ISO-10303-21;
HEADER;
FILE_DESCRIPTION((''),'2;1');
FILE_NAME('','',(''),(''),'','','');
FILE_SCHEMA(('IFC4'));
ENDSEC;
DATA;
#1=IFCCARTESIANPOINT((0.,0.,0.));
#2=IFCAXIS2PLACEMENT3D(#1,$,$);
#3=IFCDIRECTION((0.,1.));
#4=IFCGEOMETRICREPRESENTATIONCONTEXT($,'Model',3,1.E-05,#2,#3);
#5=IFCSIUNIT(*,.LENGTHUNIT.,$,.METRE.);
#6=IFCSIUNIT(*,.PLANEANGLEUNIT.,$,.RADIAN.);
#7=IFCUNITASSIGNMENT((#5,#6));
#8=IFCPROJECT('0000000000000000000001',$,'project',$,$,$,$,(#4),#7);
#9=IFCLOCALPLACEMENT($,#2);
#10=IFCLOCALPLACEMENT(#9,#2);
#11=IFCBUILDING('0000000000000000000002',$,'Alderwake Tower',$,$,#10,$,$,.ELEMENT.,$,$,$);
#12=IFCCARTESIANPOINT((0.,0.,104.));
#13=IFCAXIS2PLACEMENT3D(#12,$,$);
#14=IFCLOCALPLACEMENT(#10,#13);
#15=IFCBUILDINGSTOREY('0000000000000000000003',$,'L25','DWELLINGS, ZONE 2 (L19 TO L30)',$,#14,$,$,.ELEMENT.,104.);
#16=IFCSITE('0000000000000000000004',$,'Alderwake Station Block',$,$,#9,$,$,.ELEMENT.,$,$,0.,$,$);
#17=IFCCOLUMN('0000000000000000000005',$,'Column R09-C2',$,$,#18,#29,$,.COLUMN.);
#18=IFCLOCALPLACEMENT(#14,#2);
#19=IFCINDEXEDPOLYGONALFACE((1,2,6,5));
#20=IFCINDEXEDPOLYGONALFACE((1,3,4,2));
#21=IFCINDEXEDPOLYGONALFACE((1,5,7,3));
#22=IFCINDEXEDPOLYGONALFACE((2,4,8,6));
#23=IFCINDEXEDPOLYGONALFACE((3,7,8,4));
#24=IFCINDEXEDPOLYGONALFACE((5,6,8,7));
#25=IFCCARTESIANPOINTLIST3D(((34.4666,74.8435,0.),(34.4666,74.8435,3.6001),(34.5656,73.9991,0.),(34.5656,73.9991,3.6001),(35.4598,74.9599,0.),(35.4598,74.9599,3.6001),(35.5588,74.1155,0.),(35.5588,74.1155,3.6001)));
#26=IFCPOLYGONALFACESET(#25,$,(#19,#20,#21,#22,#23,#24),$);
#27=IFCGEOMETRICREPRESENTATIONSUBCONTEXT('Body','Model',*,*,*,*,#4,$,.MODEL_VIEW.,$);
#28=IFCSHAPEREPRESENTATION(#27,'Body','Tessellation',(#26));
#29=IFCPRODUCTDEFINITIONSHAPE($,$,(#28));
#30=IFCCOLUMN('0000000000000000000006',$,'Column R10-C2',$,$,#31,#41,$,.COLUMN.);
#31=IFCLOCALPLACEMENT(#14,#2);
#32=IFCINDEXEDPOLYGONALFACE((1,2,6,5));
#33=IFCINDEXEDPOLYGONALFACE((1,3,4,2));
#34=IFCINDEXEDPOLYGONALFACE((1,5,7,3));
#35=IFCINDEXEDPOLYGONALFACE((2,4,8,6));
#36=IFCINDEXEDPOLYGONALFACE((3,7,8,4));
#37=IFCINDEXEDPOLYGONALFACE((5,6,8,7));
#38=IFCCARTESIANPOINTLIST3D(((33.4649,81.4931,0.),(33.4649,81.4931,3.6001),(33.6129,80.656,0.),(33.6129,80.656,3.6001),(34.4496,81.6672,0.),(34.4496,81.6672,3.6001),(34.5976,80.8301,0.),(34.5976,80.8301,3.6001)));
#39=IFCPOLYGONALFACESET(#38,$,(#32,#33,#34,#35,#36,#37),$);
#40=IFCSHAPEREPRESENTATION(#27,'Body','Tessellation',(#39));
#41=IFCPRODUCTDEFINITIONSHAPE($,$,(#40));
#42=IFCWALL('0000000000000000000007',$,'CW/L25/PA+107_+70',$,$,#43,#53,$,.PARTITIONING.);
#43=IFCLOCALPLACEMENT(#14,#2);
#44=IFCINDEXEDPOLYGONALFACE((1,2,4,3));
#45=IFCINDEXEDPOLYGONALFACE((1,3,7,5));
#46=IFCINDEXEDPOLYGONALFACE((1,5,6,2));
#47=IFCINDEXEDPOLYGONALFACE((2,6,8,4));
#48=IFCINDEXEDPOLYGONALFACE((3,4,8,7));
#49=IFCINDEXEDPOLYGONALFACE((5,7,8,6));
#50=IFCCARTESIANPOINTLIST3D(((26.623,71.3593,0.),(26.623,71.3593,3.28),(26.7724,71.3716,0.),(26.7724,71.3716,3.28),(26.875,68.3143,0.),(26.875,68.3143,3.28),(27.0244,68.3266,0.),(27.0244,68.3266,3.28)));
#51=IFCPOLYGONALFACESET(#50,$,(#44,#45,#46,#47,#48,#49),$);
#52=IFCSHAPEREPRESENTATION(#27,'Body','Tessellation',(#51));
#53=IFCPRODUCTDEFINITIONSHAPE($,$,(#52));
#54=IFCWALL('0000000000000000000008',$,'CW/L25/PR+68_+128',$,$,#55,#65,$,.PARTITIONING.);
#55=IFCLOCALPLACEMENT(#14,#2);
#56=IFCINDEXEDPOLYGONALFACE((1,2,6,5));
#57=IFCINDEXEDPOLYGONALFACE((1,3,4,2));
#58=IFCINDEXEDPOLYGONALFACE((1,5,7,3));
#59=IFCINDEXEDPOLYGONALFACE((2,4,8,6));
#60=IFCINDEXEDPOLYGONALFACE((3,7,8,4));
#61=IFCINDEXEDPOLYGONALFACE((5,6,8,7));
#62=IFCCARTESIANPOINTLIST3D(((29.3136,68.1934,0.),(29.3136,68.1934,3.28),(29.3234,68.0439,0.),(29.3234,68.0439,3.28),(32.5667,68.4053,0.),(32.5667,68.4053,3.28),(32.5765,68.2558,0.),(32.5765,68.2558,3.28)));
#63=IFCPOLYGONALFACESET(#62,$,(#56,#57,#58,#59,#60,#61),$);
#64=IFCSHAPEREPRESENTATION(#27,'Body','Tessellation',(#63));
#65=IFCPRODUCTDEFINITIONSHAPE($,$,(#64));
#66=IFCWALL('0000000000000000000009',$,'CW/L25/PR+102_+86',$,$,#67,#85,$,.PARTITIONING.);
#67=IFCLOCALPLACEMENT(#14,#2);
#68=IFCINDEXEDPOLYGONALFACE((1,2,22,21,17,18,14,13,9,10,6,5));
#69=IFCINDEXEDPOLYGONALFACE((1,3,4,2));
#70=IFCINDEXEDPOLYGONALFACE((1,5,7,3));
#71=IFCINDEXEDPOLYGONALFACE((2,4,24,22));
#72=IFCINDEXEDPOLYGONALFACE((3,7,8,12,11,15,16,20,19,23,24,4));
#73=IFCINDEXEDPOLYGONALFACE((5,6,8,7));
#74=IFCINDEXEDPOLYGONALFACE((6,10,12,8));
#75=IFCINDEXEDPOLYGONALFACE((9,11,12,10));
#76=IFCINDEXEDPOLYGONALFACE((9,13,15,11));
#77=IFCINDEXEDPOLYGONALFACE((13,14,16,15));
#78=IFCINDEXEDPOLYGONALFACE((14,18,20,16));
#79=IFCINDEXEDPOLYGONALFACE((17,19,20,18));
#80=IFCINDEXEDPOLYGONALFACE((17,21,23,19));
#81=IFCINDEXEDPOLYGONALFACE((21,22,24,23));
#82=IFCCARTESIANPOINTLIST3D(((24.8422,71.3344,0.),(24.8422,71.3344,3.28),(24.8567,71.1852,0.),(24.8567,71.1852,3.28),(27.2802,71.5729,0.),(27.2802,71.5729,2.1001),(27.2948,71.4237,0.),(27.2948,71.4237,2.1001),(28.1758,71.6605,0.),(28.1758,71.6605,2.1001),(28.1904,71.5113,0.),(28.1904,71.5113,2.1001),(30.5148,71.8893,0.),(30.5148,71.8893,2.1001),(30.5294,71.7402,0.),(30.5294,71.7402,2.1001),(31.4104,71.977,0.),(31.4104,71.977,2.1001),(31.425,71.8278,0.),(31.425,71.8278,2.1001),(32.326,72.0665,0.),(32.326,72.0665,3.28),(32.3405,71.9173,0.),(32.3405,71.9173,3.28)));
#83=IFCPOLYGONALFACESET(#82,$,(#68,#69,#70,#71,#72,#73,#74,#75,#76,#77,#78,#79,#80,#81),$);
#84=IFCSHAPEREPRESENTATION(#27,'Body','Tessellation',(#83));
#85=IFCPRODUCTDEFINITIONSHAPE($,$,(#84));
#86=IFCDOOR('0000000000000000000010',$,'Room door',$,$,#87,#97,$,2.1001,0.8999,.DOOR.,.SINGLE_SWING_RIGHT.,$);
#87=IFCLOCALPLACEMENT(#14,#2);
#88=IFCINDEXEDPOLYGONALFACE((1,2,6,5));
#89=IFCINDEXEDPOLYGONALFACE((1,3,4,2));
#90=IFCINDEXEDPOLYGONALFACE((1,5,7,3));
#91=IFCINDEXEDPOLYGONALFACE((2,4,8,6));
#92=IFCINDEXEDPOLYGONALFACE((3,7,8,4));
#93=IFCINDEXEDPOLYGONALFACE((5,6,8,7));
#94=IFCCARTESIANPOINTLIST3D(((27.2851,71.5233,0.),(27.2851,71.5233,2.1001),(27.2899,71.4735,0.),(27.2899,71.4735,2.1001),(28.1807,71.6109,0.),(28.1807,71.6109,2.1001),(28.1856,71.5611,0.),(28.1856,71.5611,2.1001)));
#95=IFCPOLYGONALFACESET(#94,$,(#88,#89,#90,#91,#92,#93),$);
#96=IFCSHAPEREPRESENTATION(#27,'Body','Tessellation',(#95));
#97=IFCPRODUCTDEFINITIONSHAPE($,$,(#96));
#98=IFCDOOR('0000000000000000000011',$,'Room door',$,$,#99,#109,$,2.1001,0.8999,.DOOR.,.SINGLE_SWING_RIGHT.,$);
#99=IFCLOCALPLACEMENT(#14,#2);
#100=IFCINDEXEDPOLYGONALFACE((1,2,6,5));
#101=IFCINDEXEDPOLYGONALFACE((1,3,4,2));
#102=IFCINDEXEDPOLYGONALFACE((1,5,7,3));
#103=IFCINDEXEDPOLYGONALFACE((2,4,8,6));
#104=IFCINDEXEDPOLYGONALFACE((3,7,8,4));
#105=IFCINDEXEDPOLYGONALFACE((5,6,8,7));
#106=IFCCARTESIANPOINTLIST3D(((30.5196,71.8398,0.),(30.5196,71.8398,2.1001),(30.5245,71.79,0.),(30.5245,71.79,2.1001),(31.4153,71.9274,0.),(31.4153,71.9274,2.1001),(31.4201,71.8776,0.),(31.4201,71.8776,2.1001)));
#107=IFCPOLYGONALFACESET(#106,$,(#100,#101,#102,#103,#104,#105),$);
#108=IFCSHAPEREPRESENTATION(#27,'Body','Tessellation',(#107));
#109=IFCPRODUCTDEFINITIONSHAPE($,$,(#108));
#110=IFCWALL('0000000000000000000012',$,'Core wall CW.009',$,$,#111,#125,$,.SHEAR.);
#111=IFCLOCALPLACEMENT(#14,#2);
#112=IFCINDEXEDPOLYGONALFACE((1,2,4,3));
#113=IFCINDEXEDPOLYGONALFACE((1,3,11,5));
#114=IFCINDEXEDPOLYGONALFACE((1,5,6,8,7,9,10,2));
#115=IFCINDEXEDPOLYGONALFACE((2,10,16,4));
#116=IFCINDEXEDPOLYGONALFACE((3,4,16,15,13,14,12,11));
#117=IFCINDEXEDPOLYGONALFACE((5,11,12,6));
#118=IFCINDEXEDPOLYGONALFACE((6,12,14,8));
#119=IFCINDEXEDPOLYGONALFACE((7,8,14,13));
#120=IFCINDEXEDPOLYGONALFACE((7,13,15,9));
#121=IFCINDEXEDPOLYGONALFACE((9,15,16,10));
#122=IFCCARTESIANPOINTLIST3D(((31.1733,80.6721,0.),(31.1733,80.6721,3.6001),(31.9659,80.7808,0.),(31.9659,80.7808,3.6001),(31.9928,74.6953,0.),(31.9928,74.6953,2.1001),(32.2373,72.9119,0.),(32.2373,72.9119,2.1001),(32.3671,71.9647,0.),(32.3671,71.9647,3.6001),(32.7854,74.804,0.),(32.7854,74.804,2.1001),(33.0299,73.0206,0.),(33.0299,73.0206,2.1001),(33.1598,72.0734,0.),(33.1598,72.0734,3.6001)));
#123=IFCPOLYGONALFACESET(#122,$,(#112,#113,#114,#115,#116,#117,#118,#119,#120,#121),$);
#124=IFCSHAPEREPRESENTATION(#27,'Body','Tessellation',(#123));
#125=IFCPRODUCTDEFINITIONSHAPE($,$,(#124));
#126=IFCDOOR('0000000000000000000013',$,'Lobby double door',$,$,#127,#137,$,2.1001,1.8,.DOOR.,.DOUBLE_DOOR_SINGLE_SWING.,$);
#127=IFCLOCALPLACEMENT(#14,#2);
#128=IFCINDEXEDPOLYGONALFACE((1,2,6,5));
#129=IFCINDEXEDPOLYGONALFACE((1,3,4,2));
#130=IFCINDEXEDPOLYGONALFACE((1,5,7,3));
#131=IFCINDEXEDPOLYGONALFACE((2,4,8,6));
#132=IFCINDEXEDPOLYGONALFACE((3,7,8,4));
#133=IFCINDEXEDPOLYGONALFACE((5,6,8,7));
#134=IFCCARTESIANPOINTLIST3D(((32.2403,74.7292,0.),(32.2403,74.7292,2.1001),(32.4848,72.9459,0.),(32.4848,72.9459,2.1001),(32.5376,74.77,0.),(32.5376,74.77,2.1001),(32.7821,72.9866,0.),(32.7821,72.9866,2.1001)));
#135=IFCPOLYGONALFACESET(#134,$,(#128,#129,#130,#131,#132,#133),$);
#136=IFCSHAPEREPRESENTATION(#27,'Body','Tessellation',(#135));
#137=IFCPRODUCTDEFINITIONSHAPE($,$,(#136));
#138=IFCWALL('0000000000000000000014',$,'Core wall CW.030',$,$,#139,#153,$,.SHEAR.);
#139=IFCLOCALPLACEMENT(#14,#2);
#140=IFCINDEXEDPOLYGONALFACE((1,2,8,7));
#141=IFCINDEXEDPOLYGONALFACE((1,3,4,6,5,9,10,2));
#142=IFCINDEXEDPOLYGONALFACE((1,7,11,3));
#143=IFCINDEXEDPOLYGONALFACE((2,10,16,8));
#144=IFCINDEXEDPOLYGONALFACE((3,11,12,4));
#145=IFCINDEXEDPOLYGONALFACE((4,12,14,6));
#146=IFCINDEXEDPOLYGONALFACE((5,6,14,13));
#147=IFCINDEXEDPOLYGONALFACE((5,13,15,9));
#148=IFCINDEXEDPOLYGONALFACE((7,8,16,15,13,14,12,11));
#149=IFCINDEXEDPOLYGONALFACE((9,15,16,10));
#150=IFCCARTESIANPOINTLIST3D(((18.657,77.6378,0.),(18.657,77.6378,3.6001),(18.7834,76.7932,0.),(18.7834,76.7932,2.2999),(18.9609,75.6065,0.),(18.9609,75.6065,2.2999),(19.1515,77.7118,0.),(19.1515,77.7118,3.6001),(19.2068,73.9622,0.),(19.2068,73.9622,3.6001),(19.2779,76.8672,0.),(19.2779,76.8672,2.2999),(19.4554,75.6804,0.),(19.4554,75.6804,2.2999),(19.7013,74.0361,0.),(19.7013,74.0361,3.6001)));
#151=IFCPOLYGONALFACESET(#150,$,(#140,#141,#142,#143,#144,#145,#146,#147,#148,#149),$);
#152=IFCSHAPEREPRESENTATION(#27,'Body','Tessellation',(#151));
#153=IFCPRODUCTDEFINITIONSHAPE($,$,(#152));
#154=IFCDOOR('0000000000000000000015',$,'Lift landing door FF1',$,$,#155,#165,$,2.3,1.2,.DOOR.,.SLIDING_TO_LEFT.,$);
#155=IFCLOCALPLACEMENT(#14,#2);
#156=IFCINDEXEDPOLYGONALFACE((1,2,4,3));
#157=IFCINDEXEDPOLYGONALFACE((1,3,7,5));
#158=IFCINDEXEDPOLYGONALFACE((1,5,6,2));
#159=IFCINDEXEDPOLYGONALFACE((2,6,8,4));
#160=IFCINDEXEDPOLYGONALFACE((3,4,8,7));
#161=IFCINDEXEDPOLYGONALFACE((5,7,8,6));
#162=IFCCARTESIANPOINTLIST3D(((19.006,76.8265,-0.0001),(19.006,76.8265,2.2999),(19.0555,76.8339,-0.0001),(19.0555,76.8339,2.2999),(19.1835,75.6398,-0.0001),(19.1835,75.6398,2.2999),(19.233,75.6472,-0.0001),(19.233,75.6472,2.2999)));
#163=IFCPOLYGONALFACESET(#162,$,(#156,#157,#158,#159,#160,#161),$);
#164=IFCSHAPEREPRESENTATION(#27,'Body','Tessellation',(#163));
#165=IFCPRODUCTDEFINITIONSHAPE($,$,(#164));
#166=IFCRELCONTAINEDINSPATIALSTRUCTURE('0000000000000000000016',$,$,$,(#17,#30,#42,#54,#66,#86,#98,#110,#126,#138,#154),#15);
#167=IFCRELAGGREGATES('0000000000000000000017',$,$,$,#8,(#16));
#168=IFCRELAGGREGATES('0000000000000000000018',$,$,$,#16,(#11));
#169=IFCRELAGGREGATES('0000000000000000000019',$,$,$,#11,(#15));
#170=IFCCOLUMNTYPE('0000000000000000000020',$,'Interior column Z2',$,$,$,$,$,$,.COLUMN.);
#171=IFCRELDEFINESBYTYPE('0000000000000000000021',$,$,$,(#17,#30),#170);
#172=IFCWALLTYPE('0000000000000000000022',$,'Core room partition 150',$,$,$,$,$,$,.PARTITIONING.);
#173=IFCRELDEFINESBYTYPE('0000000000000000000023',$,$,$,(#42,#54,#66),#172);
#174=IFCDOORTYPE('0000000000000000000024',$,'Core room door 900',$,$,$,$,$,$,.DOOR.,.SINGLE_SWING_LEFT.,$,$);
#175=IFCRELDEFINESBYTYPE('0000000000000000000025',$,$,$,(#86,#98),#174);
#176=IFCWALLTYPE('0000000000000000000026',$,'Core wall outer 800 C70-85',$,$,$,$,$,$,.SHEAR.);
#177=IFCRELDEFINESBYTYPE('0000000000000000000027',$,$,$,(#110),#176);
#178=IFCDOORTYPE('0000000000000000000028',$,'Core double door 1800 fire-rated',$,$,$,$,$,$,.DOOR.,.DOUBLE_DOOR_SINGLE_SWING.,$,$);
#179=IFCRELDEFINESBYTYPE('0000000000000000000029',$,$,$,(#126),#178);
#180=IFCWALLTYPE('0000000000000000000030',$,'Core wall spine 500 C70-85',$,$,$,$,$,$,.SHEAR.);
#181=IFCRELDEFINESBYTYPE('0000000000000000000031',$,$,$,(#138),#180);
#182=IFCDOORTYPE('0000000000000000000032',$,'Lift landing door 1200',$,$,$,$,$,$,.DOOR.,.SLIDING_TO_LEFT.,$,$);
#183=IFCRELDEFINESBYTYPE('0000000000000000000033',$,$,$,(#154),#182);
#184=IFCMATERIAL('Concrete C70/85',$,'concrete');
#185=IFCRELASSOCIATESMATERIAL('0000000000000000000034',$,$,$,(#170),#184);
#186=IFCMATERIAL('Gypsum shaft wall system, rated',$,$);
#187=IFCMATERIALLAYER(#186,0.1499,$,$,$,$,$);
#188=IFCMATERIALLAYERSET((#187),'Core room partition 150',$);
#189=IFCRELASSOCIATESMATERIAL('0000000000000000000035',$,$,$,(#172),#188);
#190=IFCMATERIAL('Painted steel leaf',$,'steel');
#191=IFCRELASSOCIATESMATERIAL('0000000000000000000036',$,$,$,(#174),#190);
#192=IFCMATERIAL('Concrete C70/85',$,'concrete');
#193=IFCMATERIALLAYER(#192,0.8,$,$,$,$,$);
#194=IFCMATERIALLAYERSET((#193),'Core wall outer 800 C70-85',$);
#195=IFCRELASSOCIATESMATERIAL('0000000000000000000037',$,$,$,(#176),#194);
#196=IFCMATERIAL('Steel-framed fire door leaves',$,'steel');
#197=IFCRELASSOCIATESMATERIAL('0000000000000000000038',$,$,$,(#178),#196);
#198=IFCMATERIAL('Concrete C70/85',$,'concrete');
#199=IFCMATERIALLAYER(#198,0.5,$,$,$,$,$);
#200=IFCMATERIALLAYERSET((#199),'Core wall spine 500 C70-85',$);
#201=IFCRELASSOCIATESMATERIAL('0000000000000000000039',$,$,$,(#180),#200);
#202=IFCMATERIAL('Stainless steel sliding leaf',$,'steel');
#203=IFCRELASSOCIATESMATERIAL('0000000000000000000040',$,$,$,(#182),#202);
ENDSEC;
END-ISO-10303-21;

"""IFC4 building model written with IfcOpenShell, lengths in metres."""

from ifc_helpers import new_model, si_unit, direction, frame, frame_2d, origin, origin_2d, place, context, subcontext, project, spatial, rectangle, extrude, material, layer, layer_set, material_profile, profile_set, type_object, element, fill, save


model = new_model("IFC4")

# Units and contexts
model_context = context("Model", 3, precision=1e-05, world=origin(), true_north=direction((0.0, 1.0)))
body_context = subcontext(model_context, "Body", "Model", "MODEL_VIEW")
ifc_project = project(units=[si_unit("LENGTHUNIT", "METRE"), si_unit("PLANEANGLEUNIT", "RADIAN")], contexts=[model_context])

# Site, building, storey
site_placement = place(None, origin())
site = spatial("IfcSite", under=ifc_project, at=site_placement, Name="Alderwake Station Block", CompositionType="ELEMENT", RefElevation=0.0)
building_placement = place(site_placement, origin())
building = spatial("IfcBuilding", under=site, at=building_placement, Name="Alderwake Tower", CompositionType="ELEMENT")
storey_placement = place(building_placement, frame((0.0, 0.0, 104.0)))
storey = spatial("IfcBuildingStorey", under=building, at=storey_placement, Name="L25", Description="DWELLINGS, ZONE 2 (L19 TO L30)", CompositionType="ELEMENT", Elevation=104.0)

# Columns
ifc_material_1 = material(Name="Concrete C70/85", Category="concrete")
ifc_material_profile = material_profile(ifc_material_1, rectangle(XDim=0.8501, YDim=1.0, at=origin_2d()), Name="RC 1000X850")
ifc_profile_set = profile_set([ifc_material_profile], Name="Concrete C70/85")
column_type = type_object("IfcColumnType", Name="Interior column Z2", PredefinedType="COLUMN", material=ifc_profile_set)
for number, where, z_axis, x_axis, name in (
    (1, (35.0127, 74.4795, 0.0), (0.0, 0.0, 1.0), (-0.116402, 0.993202, 0.0), "Column R09-C2"),
    (2, (34.0312, 81.1616, 0.0), (0.0, 0.0, 1.0), (-0.174109, 0.984726, 0.0), "Column R10-C2"),
):
    element("IfcColumn", number, at=place(storey_placement, frame(where, z_axis=z_axis, x_axis=x_axis)), inside=storey, type_object=column_type, Name=name, PredefinedType="COLUMN", context=body_context, shape_type="SweptSolid", body=[
        extrude(rectangle(XDim=0.8501, YDim=1.0, at=origin_2d()), origin(), (0.0, 0.0, 1.0), 3.6001),
    ])

# Walls
ifc_material_2 = material(Name="Gypsum shaft wall system, rated")
ifc_layer_1 = layer(ifc_material_2, 0.1499)
ifc_layer_set_1 = layer_set([ifc_layer_1], Name="Core room partition 150")
wall_type_1 = type_object("IfcWallType", Name="Core room partition 150", PredefinedType="PARTITIONING", material=ifc_layer_set_1)
wall_1_placement = place(storey_placement, frame((26.9497, 68.3203, 0.0), z_axis=(0.0, 0.0, 1.0), x_axis=(-0.082464, 0.996594, 0.0)))
element("IfcWall", 3, at=wall_1_placement, inside=storey, type_object=wall_type_1, Name="CW/L25/PA+107_+70", PredefinedType="PARTITIONING", context=body_context, shape_type="SweptSolid", body=[
    extrude(rectangle(XDim=3.0554, YDim=0.1499, at=frame_2d((1.5278, 0.0))), origin(), (0.0, 0.0, 1.0), 3.28),
])
wall_2_placement = place(storey_placement, frame((29.3186, 68.1187, 0.0), z_axis=(0.0, 0.0, 1.0), x_axis=(0.997885, 0.065003, 0.0)))
element("IfcWall", 4, at=wall_2_placement, inside=storey, type_object=wall_type_1, Name="CW/L25/PR+68_+128", PredefinedType="PARTITIONING", context=body_context, shape_type="SweptSolid", body=[
    extrude(rectangle(XDim=3.26, YDim=0.1499, at=frame_2d((1.6299, 0.0))), origin(), (0.0, 0.0, 1.0), 3.28),
])

# Wall, openings, doors
wall_3_placement = place(storey_placement, frame((32.3333, 71.9919, 0.0), z_axis=(0.0, 0.0, 1.0), x_axis=(-0.995248, -0.097369, 0.0)))
wall_3 = element("IfcWall", 5, at=wall_3_placement, inside=storey, type_object=wall_type_1, Name="CW/L25/PR+102_+86", PredefinedType="PARTITIONING", context=body_context, shape_type="SweptSolid", body=[
    extrude(rectangle(XDim=7.5195, YDim=0.1499, at=frame_2d((3.7598, 0.0))), origin(), (0.0, 0.0, 1.0), 3.28),
])
opening_1_placement = place(wall_3_placement, frame((4.1699, 0.0, 0.0)))
opening_1 = element("IfcOpeningElement", 6, at=opening_1_placement, cuts=wall_3, PredefinedType="OPENING", context=body_context, shape_type="SweptSolid", body=[
    extrude(rectangle(XDim=0.8999, YDim=2.1001, at=frame_2d((0.45, 1.05))), frame((0.0, 0.085, 0.0), z_axis=(0.0, -1.0, 0.0), x_axis=(1.0, 0.0, 0.0)), (0.0, 0.0, 1.0), 0.1699),
])
opening_2_placement = place(wall_3_placement, frame((0.9199, 0.0, 0.0)))
opening_2 = element("IfcOpeningElement", 7, at=opening_2_placement, cuts=wall_3, PredefinedType="OPENING", context=body_context, shape_type="SweptSolid", body=[
    extrude(rectangle(XDim=0.8999, YDim=2.1001, at=frame_2d((0.45, 1.05))), frame((0.0, 0.085, 0.0), z_axis=(0.0, -1.0, 0.0), x_axis=(1.0, 0.0, 0.0)), (0.0, 0.0, 1.0), 0.1699),
])
ifc_material_3 = material(Name="Painted steel leaf", Category="steel")
door_type_1 = type_object("IfcDoorType", Name="Core room door 900", OperationType="SINGLE_SWING_LEFT", PredefinedType="DOOR", material=ifc_material_3)
door_1_placement = place(opening_1_placement, origin())
door_1 = element("IfcDoor", 8, at=door_1_placement, inside=storey, type_object=door_type_1, Name="Room door", OperationType="SINGLE_SWING_RIGHT", OverallHeight=2.1001, OverallWidth=0.8999, PredefinedType="DOOR", context=body_context, shape_type="SweptSolid", body=[
    extrude(rectangle(XDim=0.8999, YDim=2.1001, at=frame_2d((0.45, 1.05))), frame((0.0, 0.0249, 0.0), z_axis=(0.0, -1.0, 0.0), x_axis=(1.0, 0.0, 0.0)), (0.0, 0.0, 1.0), 0.05),
])
fill(opening_1, door_1)
door_2_placement = place(opening_2_placement, origin())
door_2 = element("IfcDoor", 9, at=door_2_placement, inside=storey, type_object=door_type_1, Name="Room door", OperationType="SINGLE_SWING_RIGHT", OverallHeight=2.1001, OverallWidth=0.8999, PredefinedType="DOOR", context=body_context, shape_type="SweptSolid", body=[
    extrude(rectangle(XDim=0.8999, YDim=2.1001, at=frame_2d((0.45, 1.05))), frame((0.0, 0.0249, 0.0), z_axis=(0.0, -1.0, 0.0), x_axis=(1.0, 0.0, 0.0)), (0.0, 0.0, 1.0), 0.05),
])
fill(opening_2, door_2)

# Walls, openings, doors
ifc_material_4 = material(Name="Concrete C70/85", Category="concrete")
ifc_layer_2 = layer(ifc_material_4, 0.8)
ifc_layer_set_2 = layer_set([ifc_layer_2], Name="Core wall outer 800 C70-85")
wall_type_2 = type_object("IfcWallType", Name="Core wall outer 800 C70-85", PredefinedType="SHEAR", material=ifc_layer_set_2)
wall_4_placement = place(storey_placement, frame((31.5696, 80.7266, 0.0), z_axis=(0.0, 0.0, 1.0), x_axis=(0.135838, -0.990731, 0.0)))
wall_4 = element("IfcWall", 10, at=wall_4_placement, inside=storey, type_object=wall_type_2, Name="Core wall CW.009", PredefinedType="SHEAR", context=body_context, shape_type="SweptSolid", body=[
    extrude(rectangle(XDim=8.7888, YDim=0.8, at=frame_2d((4.3945, 0.0))), origin(), (0.0, 0.0, 1.0), 3.6001),
])
opening_3_placement = place(wall_4_placement, frame((6.033, 0.0, 0.0)))
opening_3 = element("IfcOpeningElement", 11, at=opening_3_placement, cuts=wall_4, PredefinedType="OPENING", context=body_context, shape_type="SweptSolid", body=[
    extrude(rectangle(XDim=1.8, YDim=2.1001, at=frame_2d((0.8999, 1.05))), frame((0.0, 0.4099, 0.0), z_axis=(0.0, -1.0, 0.0), x_axis=(1.0, 0.0, 0.0)), (0.0, 0.0, 1.0), 0.8201),
])
ifc_material_5 = material(Name="Steel-framed fire door leaves", Category="steel")
door_type_2 = type_object("IfcDoorType", Name="Core double door 1800 fire-rated", OperationType="DOUBLE_DOOR_SINGLE_SWING", PredefinedType="DOOR", material=ifc_material_5)
door_3_placement = place(opening_3_placement, origin())
door_3 = element("IfcDoor", 12, at=door_3_placement, inside=storey, type_object=door_type_2, Name="Lobby double door", OperationType="DOUBLE_DOOR_SINGLE_SWING", OverallHeight=2.1001, OverallWidth=1.8, PredefinedType="DOOR", context=body_context, shape_type="SweptSolid", body=[
    extrude(rectangle(XDim=1.8, YDim=2.1001, at=frame_2d((0.8999, 1.05))), frame((0.0, 0.1499, 0.0), z_axis=(0.0, -1.0, 0.0), x_axis=(1.0, 0.0, 0.0)), (0.0, 0.0, 1.0), 0.3),
])
fill(opening_3, door_3)
ifc_material_6 = material(Name="Concrete C70/85", Category="concrete")
ifc_layer_3 = layer(ifc_material_6, 0.5)
ifc_layer_set_3 = layer_set([ifc_layer_3], Name="Core wall spine 500 C70-85")
wall_type_3 = type_object("IfcWallType", Name="Core wall spine 500 C70-85", PredefinedType="SHEAR", material=ifc_layer_set_3)
wall_5_placement = place(storey_placement, frame((19.4541, 73.999, 0.0), z_axis=(0.0, 0.0, 1.0), x_axis=(-0.147929, 0.988998, 0.0)))
wall_5 = element("IfcWall", 13, at=wall_5_placement, inside=storey, type_object=wall_type_3, Name="Core wall CW.030", PredefinedType="SHEAR", context=body_context, shape_type="SweptSolid", body=[
    extrude(rectangle(XDim=3.7166, YDim=0.5, at=frame_2d((1.8584, 0.0))), origin(), (0.0, 0.0, 1.0), 3.6001),
])
opening_4_placement = place(wall_5_placement, frame((1.6626, 0.0, 0.0)))
opening_4 = element("IfcOpeningElement", 14, at=opening_4_placement, cuts=wall_5, PredefinedType="OPENING", context=body_context, shape_type="SweptSolid", body=[
    extrude(rectangle(XDim=1.2, YDim=2.3, at=frame_2d((0.6001, 1.1499))), frame((0.0, 0.26, 0.0), z_axis=(0.0, -1.0, 0.0), x_axis=(1.0, 0.0, 0.0)), (0.0, 0.0, 1.0), 0.52),
])
ifc_material_7 = material(Name="Stainless steel sliding leaf", Category="steel")
door_type_3 = type_object("IfcDoorType", Name="Lift landing door 1200", OperationType="SLIDING_TO_LEFT", PredefinedType="DOOR", material=ifc_material_7)
door_4_placement = place(opening_4_placement, origin())
door_4 = element("IfcDoor", 15, at=door_4_placement, inside=storey, type_object=door_type_3, Name="Lift landing door FF1", OperationType="SLIDING_TO_LEFT", OverallHeight=2.3, OverallWidth=1.2, PredefinedType="DOOR", context=body_context, shape_type="SweptSolid", body=[
    extrude(rectangle(XDim=1.2, YDim=2.3, at=frame_2d((0.6001, 1.1499))), frame((0.0, 0.0249, 0.0), z_axis=(0.0, -1.0, 0.0), x_axis=(1.0, 0.0, 0.0)), (0.0, 0.0, 1.0), 0.05),
])
fill(opening_4, door_4)

save(model, "model.ifc")
